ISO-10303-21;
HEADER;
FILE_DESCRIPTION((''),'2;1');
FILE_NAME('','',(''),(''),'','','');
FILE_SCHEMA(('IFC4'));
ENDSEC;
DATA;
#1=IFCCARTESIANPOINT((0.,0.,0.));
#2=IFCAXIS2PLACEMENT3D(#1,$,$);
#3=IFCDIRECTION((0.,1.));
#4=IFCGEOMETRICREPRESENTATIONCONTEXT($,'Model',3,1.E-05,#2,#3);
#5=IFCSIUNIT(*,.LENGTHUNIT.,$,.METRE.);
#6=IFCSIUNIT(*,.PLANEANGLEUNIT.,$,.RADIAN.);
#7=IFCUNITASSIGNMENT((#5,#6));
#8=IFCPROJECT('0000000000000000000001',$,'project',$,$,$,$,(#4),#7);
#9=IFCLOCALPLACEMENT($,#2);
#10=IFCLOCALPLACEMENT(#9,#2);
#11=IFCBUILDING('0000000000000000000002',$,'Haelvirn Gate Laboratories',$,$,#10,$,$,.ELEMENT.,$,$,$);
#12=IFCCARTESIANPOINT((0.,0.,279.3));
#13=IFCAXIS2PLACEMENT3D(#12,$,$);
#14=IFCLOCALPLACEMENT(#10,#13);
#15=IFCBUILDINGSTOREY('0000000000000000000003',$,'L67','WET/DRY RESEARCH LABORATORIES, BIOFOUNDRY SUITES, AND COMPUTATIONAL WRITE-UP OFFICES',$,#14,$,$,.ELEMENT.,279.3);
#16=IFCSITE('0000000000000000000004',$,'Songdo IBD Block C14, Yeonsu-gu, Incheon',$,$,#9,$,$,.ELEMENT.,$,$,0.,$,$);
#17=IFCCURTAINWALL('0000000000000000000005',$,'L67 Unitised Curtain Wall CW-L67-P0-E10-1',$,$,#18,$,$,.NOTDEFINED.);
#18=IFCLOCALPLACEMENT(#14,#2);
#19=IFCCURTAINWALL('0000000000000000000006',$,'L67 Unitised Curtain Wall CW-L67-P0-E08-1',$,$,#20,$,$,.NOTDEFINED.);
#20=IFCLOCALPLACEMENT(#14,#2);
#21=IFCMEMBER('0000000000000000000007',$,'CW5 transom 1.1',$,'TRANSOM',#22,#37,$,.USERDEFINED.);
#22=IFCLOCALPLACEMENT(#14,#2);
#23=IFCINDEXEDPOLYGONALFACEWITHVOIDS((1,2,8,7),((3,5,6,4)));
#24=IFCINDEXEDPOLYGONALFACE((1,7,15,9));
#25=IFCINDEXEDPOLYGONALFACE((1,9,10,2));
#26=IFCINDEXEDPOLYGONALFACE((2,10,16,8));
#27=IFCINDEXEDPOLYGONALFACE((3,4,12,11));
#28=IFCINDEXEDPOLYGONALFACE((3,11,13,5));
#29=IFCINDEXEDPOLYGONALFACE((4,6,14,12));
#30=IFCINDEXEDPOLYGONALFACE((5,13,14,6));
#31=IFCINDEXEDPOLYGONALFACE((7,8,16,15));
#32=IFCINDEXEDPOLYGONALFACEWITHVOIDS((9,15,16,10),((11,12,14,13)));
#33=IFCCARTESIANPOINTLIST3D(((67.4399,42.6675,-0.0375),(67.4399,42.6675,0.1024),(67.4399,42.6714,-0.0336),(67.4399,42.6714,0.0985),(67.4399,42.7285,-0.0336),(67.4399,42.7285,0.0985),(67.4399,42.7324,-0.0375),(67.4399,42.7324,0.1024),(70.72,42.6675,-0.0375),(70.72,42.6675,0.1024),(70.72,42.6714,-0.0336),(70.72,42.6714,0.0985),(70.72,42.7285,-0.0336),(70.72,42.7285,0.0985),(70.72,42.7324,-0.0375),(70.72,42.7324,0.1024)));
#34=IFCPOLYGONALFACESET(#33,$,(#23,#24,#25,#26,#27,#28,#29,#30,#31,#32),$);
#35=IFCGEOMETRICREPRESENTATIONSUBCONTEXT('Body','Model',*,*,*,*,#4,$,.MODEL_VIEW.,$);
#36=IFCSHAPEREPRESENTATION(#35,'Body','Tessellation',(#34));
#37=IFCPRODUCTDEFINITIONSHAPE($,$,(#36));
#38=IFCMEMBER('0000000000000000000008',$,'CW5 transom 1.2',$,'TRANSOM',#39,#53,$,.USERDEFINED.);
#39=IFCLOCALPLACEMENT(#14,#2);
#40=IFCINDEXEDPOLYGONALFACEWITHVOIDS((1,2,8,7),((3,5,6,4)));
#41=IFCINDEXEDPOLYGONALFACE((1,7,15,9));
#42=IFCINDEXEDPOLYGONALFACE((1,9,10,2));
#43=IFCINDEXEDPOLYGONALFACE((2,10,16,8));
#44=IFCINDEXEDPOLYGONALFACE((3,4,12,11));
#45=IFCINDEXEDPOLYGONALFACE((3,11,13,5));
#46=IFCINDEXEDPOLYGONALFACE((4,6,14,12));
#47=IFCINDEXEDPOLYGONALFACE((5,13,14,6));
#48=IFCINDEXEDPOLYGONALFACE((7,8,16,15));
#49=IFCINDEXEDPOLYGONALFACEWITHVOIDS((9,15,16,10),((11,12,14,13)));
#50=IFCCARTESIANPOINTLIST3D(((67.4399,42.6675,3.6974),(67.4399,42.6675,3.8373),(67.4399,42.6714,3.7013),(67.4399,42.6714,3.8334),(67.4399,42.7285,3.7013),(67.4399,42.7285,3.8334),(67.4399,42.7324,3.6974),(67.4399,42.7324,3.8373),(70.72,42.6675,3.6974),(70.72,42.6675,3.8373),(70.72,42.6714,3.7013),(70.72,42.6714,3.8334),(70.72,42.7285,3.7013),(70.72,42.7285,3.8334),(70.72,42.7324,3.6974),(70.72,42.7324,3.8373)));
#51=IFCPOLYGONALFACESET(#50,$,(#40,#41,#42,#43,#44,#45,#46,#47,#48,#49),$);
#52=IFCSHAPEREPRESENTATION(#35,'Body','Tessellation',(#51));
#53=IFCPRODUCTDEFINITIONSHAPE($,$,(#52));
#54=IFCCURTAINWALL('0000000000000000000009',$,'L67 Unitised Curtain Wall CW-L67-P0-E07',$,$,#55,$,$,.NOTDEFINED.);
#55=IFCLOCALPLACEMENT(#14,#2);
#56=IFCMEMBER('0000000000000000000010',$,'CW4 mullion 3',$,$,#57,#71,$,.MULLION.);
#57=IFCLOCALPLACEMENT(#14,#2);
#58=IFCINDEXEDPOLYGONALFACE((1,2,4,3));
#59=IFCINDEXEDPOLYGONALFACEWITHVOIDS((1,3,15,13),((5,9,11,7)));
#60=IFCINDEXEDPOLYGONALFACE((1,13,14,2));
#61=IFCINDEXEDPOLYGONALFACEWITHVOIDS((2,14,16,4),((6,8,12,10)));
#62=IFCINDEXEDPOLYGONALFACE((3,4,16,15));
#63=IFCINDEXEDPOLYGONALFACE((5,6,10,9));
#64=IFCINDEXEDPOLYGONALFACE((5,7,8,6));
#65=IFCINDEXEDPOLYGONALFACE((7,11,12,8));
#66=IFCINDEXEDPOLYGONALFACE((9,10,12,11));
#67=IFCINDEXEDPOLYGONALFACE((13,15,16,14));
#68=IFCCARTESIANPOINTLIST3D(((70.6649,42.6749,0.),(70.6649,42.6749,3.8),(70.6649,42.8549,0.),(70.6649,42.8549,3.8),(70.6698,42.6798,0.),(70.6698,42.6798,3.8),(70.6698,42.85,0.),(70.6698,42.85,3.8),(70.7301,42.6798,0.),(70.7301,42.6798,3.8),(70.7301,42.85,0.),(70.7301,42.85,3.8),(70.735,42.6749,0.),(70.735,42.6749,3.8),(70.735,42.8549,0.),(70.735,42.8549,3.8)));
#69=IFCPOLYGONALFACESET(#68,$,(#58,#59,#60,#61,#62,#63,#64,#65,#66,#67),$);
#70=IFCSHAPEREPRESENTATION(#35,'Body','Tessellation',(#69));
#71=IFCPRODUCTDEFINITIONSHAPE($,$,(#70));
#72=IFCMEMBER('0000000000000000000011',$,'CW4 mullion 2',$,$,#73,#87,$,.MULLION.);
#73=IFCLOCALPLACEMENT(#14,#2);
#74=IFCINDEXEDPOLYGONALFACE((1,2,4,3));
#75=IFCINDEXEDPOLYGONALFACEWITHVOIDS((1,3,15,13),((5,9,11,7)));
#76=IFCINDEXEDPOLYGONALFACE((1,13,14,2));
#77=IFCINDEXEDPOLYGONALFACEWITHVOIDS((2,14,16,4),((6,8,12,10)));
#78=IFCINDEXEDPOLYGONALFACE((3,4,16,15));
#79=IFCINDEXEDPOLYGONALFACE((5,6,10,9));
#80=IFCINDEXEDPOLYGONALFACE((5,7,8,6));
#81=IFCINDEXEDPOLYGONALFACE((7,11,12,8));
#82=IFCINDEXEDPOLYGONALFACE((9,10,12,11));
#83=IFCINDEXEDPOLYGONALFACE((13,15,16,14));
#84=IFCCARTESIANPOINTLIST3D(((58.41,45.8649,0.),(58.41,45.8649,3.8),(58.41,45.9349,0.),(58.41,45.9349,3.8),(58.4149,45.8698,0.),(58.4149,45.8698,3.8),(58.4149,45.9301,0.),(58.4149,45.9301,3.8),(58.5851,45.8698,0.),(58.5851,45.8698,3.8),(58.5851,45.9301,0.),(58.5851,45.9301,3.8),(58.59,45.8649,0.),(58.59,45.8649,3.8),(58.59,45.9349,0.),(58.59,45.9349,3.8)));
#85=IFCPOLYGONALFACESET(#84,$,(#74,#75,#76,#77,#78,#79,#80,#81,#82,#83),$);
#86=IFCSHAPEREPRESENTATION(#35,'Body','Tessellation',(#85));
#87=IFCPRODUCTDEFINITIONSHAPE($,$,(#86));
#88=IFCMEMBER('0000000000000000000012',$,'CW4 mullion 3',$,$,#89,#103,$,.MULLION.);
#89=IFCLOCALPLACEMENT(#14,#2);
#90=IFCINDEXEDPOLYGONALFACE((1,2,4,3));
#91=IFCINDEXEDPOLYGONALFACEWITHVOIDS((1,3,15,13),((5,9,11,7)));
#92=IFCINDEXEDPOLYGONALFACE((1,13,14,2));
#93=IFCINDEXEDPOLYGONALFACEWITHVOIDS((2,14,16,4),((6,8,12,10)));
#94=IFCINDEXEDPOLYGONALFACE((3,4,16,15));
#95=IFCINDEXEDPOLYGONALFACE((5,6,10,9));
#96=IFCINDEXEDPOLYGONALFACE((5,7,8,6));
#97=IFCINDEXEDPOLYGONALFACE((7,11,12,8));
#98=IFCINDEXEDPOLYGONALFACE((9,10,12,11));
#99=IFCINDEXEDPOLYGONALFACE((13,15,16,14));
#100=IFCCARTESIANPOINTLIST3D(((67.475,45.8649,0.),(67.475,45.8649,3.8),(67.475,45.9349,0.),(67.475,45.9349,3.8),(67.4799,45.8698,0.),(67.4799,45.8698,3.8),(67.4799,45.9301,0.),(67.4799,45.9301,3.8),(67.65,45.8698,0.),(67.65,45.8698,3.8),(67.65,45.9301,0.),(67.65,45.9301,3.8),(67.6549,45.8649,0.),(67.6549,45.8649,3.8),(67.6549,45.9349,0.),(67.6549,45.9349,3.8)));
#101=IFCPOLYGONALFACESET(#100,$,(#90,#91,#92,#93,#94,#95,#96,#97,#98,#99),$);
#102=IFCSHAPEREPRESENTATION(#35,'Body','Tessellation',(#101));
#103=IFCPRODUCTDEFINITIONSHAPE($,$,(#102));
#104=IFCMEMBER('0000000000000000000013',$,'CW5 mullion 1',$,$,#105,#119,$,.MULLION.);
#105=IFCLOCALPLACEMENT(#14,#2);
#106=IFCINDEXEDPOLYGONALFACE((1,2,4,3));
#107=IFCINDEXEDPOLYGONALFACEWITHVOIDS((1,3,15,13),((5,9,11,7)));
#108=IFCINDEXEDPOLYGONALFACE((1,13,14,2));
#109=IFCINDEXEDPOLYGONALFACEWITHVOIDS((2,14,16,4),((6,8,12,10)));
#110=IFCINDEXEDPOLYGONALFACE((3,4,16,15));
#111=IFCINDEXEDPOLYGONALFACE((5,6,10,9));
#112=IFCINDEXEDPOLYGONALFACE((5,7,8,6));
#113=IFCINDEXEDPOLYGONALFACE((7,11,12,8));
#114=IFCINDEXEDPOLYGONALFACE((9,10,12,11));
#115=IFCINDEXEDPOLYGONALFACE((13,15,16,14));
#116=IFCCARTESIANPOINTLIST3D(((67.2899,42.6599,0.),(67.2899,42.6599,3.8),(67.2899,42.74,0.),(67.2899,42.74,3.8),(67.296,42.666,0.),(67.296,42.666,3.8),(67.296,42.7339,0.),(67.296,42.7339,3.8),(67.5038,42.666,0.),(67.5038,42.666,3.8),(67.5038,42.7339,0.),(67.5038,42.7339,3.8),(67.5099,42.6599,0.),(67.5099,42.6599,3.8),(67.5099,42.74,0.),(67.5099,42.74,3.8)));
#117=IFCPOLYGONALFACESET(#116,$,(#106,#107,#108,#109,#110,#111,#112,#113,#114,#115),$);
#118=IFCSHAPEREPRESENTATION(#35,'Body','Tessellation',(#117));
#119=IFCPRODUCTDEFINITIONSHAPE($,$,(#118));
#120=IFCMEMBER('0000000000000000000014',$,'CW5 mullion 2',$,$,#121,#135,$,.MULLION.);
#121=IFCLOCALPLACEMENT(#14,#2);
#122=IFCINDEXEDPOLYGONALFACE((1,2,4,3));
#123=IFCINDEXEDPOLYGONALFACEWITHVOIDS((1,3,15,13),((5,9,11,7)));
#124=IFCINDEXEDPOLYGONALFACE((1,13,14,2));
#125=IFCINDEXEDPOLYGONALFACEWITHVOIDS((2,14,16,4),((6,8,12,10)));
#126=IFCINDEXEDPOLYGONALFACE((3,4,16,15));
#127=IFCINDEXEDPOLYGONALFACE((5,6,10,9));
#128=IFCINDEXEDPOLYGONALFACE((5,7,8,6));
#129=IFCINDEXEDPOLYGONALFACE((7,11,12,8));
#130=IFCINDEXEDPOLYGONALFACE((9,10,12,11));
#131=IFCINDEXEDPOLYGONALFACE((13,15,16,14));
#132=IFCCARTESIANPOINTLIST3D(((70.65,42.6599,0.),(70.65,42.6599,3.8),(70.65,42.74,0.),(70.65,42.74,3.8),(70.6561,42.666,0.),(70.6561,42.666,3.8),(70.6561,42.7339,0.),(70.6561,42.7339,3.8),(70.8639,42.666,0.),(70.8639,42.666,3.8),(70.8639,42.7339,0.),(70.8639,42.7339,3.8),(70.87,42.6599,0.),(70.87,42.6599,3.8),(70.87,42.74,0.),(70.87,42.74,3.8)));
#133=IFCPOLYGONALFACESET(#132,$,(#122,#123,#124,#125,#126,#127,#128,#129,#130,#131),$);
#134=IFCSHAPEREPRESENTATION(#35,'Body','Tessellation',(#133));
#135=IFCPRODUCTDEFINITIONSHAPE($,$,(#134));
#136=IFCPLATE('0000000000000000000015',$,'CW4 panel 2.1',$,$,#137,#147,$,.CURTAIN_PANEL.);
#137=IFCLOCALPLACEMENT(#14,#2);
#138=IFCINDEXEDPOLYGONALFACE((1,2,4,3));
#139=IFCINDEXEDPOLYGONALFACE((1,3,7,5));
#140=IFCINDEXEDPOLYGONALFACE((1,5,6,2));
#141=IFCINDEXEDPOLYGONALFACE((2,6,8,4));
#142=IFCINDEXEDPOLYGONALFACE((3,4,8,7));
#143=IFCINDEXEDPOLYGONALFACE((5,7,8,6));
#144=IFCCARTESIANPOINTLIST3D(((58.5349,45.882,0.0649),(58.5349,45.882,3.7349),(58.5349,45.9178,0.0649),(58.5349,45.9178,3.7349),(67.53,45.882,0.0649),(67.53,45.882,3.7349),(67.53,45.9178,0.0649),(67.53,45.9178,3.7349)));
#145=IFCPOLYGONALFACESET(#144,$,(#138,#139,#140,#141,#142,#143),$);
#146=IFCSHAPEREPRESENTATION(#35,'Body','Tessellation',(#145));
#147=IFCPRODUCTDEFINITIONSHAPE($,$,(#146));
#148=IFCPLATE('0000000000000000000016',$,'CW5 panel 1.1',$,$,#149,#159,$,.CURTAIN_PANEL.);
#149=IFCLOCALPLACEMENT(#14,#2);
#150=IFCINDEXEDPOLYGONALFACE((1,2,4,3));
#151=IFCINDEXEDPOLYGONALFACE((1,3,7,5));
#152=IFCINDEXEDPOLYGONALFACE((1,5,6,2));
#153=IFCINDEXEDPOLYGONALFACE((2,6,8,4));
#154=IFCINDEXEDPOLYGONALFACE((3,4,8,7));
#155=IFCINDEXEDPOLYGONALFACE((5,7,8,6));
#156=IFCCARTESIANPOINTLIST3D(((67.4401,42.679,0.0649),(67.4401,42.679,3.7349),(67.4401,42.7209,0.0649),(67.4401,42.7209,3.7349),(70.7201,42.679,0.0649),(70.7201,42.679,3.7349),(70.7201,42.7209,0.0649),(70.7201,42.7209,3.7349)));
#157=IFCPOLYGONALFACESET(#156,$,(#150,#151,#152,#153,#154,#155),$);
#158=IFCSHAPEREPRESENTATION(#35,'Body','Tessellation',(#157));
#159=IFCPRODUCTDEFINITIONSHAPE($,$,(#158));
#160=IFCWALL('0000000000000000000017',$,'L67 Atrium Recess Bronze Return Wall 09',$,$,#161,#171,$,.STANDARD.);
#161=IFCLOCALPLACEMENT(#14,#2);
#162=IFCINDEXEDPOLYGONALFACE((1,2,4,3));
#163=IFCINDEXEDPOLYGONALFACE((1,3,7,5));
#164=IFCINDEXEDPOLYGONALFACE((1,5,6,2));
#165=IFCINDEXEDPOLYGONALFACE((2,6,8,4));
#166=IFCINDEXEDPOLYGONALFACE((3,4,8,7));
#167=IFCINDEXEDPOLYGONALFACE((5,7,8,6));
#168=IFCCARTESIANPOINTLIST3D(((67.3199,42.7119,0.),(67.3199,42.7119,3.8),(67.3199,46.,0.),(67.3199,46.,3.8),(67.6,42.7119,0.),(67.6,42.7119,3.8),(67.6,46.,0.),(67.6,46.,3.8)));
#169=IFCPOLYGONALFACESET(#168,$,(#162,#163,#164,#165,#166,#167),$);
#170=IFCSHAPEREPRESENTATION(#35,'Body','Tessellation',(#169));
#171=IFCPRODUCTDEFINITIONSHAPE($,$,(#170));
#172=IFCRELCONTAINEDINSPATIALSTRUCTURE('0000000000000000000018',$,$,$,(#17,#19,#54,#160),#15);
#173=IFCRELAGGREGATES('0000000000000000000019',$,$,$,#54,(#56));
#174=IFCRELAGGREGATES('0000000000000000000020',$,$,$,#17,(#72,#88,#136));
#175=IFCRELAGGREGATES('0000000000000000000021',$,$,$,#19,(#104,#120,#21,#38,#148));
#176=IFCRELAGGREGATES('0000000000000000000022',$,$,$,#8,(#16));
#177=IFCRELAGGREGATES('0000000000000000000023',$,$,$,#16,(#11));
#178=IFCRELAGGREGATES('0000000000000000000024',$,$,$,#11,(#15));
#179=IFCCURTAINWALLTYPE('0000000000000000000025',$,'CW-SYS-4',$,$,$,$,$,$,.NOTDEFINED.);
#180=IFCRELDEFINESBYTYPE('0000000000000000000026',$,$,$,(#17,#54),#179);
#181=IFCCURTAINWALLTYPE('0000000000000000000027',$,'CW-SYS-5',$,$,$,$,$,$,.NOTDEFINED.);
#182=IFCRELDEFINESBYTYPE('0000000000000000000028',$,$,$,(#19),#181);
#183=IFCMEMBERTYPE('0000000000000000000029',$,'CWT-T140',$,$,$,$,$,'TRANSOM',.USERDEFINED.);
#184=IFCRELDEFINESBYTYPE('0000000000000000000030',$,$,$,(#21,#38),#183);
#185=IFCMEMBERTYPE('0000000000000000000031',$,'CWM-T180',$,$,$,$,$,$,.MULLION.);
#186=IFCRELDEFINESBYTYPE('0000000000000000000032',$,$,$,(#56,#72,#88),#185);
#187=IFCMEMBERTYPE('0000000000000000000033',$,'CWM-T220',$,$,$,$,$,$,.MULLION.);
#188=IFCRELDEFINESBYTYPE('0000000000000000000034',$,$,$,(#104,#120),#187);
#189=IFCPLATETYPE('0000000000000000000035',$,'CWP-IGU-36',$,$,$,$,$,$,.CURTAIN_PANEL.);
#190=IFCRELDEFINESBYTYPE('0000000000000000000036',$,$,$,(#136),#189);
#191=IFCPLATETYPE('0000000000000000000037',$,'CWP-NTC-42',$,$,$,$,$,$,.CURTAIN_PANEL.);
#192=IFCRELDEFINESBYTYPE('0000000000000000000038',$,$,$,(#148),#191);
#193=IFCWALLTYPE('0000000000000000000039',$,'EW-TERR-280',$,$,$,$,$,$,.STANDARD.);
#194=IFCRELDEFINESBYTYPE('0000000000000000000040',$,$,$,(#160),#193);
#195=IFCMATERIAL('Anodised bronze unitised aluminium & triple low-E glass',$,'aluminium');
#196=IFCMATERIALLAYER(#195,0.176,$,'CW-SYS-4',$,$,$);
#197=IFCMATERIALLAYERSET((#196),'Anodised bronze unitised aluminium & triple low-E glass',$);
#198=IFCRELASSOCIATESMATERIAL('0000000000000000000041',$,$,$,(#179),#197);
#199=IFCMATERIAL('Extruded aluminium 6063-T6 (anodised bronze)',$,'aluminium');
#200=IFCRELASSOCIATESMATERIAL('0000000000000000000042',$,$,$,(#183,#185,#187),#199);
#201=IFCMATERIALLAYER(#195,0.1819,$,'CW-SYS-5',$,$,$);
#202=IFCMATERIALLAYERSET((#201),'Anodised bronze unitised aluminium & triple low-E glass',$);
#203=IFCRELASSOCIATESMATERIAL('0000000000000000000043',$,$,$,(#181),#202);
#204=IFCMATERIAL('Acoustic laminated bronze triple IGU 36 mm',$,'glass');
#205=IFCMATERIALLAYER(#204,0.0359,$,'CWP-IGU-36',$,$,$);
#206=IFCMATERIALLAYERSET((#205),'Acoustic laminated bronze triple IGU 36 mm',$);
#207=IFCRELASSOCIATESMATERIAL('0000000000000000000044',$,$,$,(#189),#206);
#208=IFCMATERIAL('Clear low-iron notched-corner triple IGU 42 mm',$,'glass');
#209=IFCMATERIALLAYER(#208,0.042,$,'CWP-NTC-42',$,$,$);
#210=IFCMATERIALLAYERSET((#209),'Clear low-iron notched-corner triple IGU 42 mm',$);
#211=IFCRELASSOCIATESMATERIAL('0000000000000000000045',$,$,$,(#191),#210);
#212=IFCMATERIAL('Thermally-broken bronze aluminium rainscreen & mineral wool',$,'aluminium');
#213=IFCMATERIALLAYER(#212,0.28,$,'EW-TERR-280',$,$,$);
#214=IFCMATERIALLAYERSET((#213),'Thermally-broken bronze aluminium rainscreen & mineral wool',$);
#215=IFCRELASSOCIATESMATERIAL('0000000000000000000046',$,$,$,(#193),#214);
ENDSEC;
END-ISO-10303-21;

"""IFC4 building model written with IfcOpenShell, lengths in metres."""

from ifc_helpers import new_model, si_unit, direction, frame, frame_2d, origin, origin_2d, place, context, subcontext, project, spatial, rectangle, hollow_rectangle, extrude, source, transform, mapped, material, layer, layer_set, material_profile, profile_set, type_object, type_shapes, element, aggregate, save


model = new_model("IFC4")

# Units and contexts
model_context = context("Model", 3, precision=1e-05, world=origin(), true_north=direction((0.0, 1.0)))
body_context = subcontext(model_context, "Body", "Model", "MODEL_VIEW")
ifc_project = project(units=[si_unit("LENGTHUNIT", "METRE"), si_unit("PLANEANGLEUNIT", "RADIAN")], contexts=[model_context])

# Site, building, storey
site_placement = place(None, origin())
site = spatial("IfcSite", under=ifc_project, at=site_placement, Name="Songdo IBD Block C14, Yeonsu-gu, Incheon", CompositionType="ELEMENT", RefElevation=0.0)
building_placement = place(site_placement, origin())
building = spatial("IfcBuilding", under=site, at=building_placement, Name="Haelvirn Gate Laboratories", CompositionType="ELEMENT")
storey_placement = place(building_placement, frame((0.0, 0.0, 279.3)))
storey = spatial("IfcBuildingStorey", under=building, at=storey_placement, Name="L67", Description="WET/DRY RESEARCH LABORATORIES, BIOFOUNDRY SUITES, AND COMPUTATIONAL WRITE-UP OFFICES", CompositionType="ELEMENT", Elevation=279.3)

# Curtain walls, members
ifc_material_1 = material(Name="Anodised bronze unitised aluminium & triple low-E glass", Category="aluminium")
ifc_layer_1 = layer(ifc_material_1, 0.176, Name="CW-SYS-4")
ifc_layer_set_1 = layer_set([ifc_layer_1], Name="Anodised bronze unitised aluminium & triple low-E glass")
curtain_wall_type_1 = type_object("IfcCurtainWallType", Name="CW-SYS-4", PredefinedType="NOTDEFINED", material=ifc_layer_set_1)
curtain_wall_1_placement = place(storey_placement, origin())
curtain_wall_1 = element("IfcCurtainWall", 1, at=curtain_wall_1_placement, inside=storey, type_object=curtain_wall_type_1, Name="L67 Unitised Curtain Wall CW-L67-P0-E10-1", PredefinedType="NOTDEFINED")
ifc_material_2 = material(Name="Extruded aluminium 6063-T6 (anodised bronze)", Category="aluminium")
ifc_material_profile_1 = material_profile(ifc_material_2, hollow_rectangle(XDim=0.0649, YDim=0.1399, WallThickness=0.0039, at=origin_2d()), Name="CWT-140x65x4")
ifc_profile_set_1 = profile_set([ifc_material_profile_1], Name="Extruded aluminium 6063-T6 (anodised bronze)")
member_type_1 = type_object("IfcMemberType", Name="CWT-T140", ElementType="TRANSOM", PredefinedType="USERDEFINED", material=ifc_profile_set_1)
ifc_layer_2 = layer(ifc_material_1, 0.1819, Name="CW-SYS-5")
ifc_layer_set_2 = layer_set([ifc_layer_2], Name="Anodised bronze unitised aluminium & triple low-E glass")
curtain_wall_type_2 = type_object("IfcCurtainWallType", Name="CW-SYS-5", PredefinedType="NOTDEFINED", material=ifc_layer_set_2)
curtain_wall_2_placement = place(storey_placement, origin())
curtain_wall_2 = element("IfcCurtainWall", 2, at=curtain_wall_2_placement, inside=storey, type_object=curtain_wall_type_2, Name="L67 Unitised Curtain Wall CW-L67-P0-E08-1", PredefinedType="NOTDEFINED")
shared_shape_1 = source(origin(), body_context, "Body", "SweptSolid", [
    extrude(hollow_rectangle(XDim=0.0649, YDim=0.1399, WallThickness=0.0039, at=origin_2d()), origin(), (0.0, 0.0, 1.0), 3.28),
])
member_1_placement = place(storey_placement, frame((67.4399, 42.7, 0.0325), z_axis=(1.0, 0.0, 0.0), x_axis=(0.0, 1.0, 0.0)))
member_1 = element("IfcMember", 3, at=member_1_placement, type_object=member_type_1, Name="CW5 transom 1.1", ObjectType="TRANSOM", PredefinedType="USERDEFINED", context=body_context, shape_type="MappedRepresentation", body=[
    mapped(shared_shape_1, transform((0.0, 0.0, 0.0), scale=1.0)),
])
member_2_placement = place(storey_placement, frame((67.4399, 42.7, 3.7673), z_axis=(1.0, 0.0, 0.0), x_axis=(0.0, 1.0, 0.0)))
member_2 = element("IfcMember", 4, at=member_2_placement, type_object=member_type_1, Name="CW5 transom 1.2", ObjectType="TRANSOM", PredefinedType="USERDEFINED", context=body_context, shape_type="MappedRepresentation", body=[
    mapped(shared_shape_1, transform((0.0, 0.0, 0.0), scale=1.0)),
])

# Curtain wall, member
curtain_wall_3_placement = place(storey_placement, origin())
curtain_wall_3 = element("IfcCurtainWall", 5, at=curtain_wall_3_placement, inside=storey, type_object=curtain_wall_type_1, Name="L67 Unitised Curtain Wall CW-L67-P0-E07", PredefinedType="NOTDEFINED")
ifc_material_profile_2 = material_profile(ifc_material_2, hollow_rectangle(XDim=0.0701, YDim=0.1799, WallThickness=0.0049, at=origin_2d()), Name="CWM-180x70x5")
ifc_profile_set_2 = profile_set([ifc_material_profile_2], Name="Extruded aluminium 6063-T6 (anodised bronze)")
member_type_2 = type_object("IfcMemberType", Name="CWM-T180", PredefinedType="MULLION", material=ifc_profile_set_2)
shared_shape_2 = source(origin(), body_context, "Body", "SweptSolid", [
    extrude(hollow_rectangle(XDim=0.0701, YDim=0.1799, WallThickness=0.0049, at=origin_2d()), origin(), (0.0, 0.0, 1.0), 3.8),
])
type_shapes(member_type_2, [shared_shape_2])
member_3_placement = place(storey_placement, frame((70.7, 42.7649, 0.0), z_axis=(0.0, 0.0, 1.0), x_axis=(-1.0, 0.0, 0.0)))
member_3 = element("IfcMember", 6, at=member_3_placement, type_object=member_type_2, Name="CW4 mullion 3", PredefinedType="MULLION", context=body_context, shape_type="MappedRepresentation", body=[
    mapped(shared_shape_2, transform((0.0, 0.0, 0.0), scale=1.0)),
])
aggregate(curtain_wall_3, [member_3])

# Members
member_4_placement = place(storey_placement, frame((58.5, 45.8999, 0.0), z_axis=(0.0, 0.0, 1.0), x_axis=(0.0, 1.0, 0.0)))
member_4 = element("IfcMember", 7, at=member_4_placement, type_object=member_type_2, Name="CW4 mullion 2", PredefinedType="MULLION", context=body_context, shape_type="MappedRepresentation", body=[
    mapped(shared_shape_2, transform((0.0, 0.0, 0.0), scale=1.0)),
])
member_5_placement = place(storey_placement, frame((67.5649, 45.8999, 0.0), z_axis=(0.0, 0.0, 1.0), x_axis=(0.0, 1.0, 0.0)))
member_5 = element("IfcMember", 8, at=member_5_placement, type_object=member_type_2, Name="CW4 mullion 3", PredefinedType="MULLION", context=body_context, shape_type="MappedRepresentation", body=[
    mapped(shared_shape_2, transform((0.0, 0.0, 0.0), scale=1.0)),
])
ifc_material_profile_3 = material_profile(ifc_material_2, hollow_rectangle(XDim=0.0801, YDim=0.22, WallThickness=0.0061, at=origin_2d()), Name="CWM-220x80x6")
ifc_profile_set_3 = profile_set([ifc_material_profile_3], Name="Extruded aluminium 6063-T6 (anodised bronze)")
member_type_3 = type_object("IfcMemberType", Name="CWM-T220", PredefinedType="MULLION", material=ifc_profile_set_3)
shared_shape_3 = source(origin(), body_context, "Body", "SweptSolid", [
    extrude(hollow_rectangle(XDim=0.0801, YDim=0.22, WallThickness=0.0061, at=origin_2d()), origin(), (0.0, 0.0, 1.0), 3.8),
])
type_shapes(member_type_3, [shared_shape_3])
member_6_placement = place(storey_placement, frame((67.3999, 42.7, 0.0), z_axis=(0.0, 0.0, 1.0), x_axis=(0.0, 1.0, 0.0)))
member_6 = element("IfcMember", 9, at=member_6_placement, type_object=member_type_3, Name="CW5 mullion 1", PredefinedType="MULLION", context=body_context, shape_type="MappedRepresentation", body=[
    mapped(shared_shape_3, transform((0.0, 0.0, 0.0), scale=1.0)),
])
member_7_placement = place(storey_placement, frame((70.76, 42.7, 0.0), z_axis=(0.0, 0.0, 1.0), x_axis=(0.0, 1.0, 0.0)))
member_7 = element("IfcMember", 10, at=member_7_placement, type_object=member_type_3, Name="CW5 mullion 2", PredefinedType="MULLION", context=body_context, shape_type="MappedRepresentation", body=[
    mapped(shared_shape_3, transform((0.0, 0.0, 0.0), scale=1.0)),
])

# Plates
ifc_material_3 = material(Name="Acoustic laminated bronze triple IGU 36 mm", Category="glass")
ifc_layer_3 = layer(ifc_material_3, 0.0359, Name="CWP-IGU-36")
ifc_layer_set_3 = layer_set([ifc_layer_3], Name="Acoustic laminated bronze triple IGU 36 mm")
plate_type_1 = type_object("IfcPlateType", Name="CWP-IGU-36", PredefinedType="CURTAIN_PANEL", material=ifc_layer_set_3)
shared_shape_4 = source(origin(), body_context, "Body", "SweptSolid", [
    extrude(rectangle(XDim=8.9951, YDim=0.0359, at=origin_2d()), origin(), (0.0, 0.0, 1.0), 3.6699),
])
type_shapes(plate_type_1, [shared_shape_4])
plate_1_placement = place(storey_placement, frame((63.0325, 45.8999, 0.0649), z_axis=(0.0, 0.0, 1.0), x_axis=(1.0, 0.0, 0.0)))
plate_1 = element("IfcPlate", 11, at=plate_1_placement, type_object=plate_type_1, Name="CW4 panel 2.1", PredefinedType="CURTAIN_PANEL", context=body_context, shape_type="MappedRepresentation", body=[
    mapped(shared_shape_4, transform((0.0, 0.0, 0.0), scale=1.0)),
])
aggregate(curtain_wall_1, [member_4, member_5, plate_1])
ifc_material_4 = material(Name="Clear low-iron notched-corner triple IGU 42 mm", Category="glass")
ifc_layer_4 = layer(ifc_material_4, 0.042, Name="CWP-NTC-42")
ifc_layer_set_4 = layer_set([ifc_layer_4], Name="Clear low-iron notched-corner triple IGU 42 mm")
plate_type_2 = type_object("IfcPlateType", Name="CWP-NTC-42", PredefinedType="CURTAIN_PANEL", material=ifc_layer_set_4)
shared_shape_5 = source(origin(), body_context, "Body", "SweptSolid", [
    extrude(rectangle(XDim=3.28, YDim=0.042, at=origin_2d()), origin(), (0.0, 0.0, 1.0), 3.6699),
])
type_shapes(plate_type_2, [shared_shape_5])
plate_2_placement = place(storey_placement, frame((69.0801, 42.7, 0.0649), z_axis=(0.0, 0.0, 1.0), x_axis=(1.0, 0.0, 0.0)))
plate_2 = element("IfcPlate", 12, at=plate_2_placement, type_object=plate_type_2, Name="CW5 panel 1.1", PredefinedType="CURTAIN_PANEL", context=body_context, shape_type="MappedRepresentation", body=[
    mapped(shared_shape_5, transform((0.0, 0.0, 0.0), scale=1.0)),
])
aggregate(curtain_wall_2, [member_6, member_7, member_1, member_2, plate_2])

# Wall
ifc_material_5 = material(Name="Thermally-broken bronze aluminium rainscreen & mineral wool", Category="aluminium")
ifc_layer_5 = layer(ifc_material_5, 0.28, Name="EW-TERR-280")
ifc_layer_set_5 = layer_set([ifc_layer_5], Name="Thermally-broken bronze aluminium rainscreen & mineral wool")
wall_type_1 = type_object("IfcWallType", Name="EW-TERR-280", PredefinedType="STANDARD", material=ifc_layer_set_5)
wall_1_placement = place(storey_placement, frame((67.46, 42.7119, 0.0), z_axis=(0.0, 0.0, 1.0), x_axis=(0.0, 1.0, 0.0)))
element("IfcWall", 13, at=wall_1_placement, inside=storey, type_object=wall_type_1, Name="L67 Atrium Recess Bronze Return Wall 09", PredefinedType="STANDARD", context=body_context, shape_type="SweptSolid", body=[
    extrude(rectangle(XDim=3.2881, YDim=0.28, at=frame_2d((1.644, 0.0))), origin(), (0.0, 0.0, 1.0), 3.8),
])

save(model, "model.ifc")
